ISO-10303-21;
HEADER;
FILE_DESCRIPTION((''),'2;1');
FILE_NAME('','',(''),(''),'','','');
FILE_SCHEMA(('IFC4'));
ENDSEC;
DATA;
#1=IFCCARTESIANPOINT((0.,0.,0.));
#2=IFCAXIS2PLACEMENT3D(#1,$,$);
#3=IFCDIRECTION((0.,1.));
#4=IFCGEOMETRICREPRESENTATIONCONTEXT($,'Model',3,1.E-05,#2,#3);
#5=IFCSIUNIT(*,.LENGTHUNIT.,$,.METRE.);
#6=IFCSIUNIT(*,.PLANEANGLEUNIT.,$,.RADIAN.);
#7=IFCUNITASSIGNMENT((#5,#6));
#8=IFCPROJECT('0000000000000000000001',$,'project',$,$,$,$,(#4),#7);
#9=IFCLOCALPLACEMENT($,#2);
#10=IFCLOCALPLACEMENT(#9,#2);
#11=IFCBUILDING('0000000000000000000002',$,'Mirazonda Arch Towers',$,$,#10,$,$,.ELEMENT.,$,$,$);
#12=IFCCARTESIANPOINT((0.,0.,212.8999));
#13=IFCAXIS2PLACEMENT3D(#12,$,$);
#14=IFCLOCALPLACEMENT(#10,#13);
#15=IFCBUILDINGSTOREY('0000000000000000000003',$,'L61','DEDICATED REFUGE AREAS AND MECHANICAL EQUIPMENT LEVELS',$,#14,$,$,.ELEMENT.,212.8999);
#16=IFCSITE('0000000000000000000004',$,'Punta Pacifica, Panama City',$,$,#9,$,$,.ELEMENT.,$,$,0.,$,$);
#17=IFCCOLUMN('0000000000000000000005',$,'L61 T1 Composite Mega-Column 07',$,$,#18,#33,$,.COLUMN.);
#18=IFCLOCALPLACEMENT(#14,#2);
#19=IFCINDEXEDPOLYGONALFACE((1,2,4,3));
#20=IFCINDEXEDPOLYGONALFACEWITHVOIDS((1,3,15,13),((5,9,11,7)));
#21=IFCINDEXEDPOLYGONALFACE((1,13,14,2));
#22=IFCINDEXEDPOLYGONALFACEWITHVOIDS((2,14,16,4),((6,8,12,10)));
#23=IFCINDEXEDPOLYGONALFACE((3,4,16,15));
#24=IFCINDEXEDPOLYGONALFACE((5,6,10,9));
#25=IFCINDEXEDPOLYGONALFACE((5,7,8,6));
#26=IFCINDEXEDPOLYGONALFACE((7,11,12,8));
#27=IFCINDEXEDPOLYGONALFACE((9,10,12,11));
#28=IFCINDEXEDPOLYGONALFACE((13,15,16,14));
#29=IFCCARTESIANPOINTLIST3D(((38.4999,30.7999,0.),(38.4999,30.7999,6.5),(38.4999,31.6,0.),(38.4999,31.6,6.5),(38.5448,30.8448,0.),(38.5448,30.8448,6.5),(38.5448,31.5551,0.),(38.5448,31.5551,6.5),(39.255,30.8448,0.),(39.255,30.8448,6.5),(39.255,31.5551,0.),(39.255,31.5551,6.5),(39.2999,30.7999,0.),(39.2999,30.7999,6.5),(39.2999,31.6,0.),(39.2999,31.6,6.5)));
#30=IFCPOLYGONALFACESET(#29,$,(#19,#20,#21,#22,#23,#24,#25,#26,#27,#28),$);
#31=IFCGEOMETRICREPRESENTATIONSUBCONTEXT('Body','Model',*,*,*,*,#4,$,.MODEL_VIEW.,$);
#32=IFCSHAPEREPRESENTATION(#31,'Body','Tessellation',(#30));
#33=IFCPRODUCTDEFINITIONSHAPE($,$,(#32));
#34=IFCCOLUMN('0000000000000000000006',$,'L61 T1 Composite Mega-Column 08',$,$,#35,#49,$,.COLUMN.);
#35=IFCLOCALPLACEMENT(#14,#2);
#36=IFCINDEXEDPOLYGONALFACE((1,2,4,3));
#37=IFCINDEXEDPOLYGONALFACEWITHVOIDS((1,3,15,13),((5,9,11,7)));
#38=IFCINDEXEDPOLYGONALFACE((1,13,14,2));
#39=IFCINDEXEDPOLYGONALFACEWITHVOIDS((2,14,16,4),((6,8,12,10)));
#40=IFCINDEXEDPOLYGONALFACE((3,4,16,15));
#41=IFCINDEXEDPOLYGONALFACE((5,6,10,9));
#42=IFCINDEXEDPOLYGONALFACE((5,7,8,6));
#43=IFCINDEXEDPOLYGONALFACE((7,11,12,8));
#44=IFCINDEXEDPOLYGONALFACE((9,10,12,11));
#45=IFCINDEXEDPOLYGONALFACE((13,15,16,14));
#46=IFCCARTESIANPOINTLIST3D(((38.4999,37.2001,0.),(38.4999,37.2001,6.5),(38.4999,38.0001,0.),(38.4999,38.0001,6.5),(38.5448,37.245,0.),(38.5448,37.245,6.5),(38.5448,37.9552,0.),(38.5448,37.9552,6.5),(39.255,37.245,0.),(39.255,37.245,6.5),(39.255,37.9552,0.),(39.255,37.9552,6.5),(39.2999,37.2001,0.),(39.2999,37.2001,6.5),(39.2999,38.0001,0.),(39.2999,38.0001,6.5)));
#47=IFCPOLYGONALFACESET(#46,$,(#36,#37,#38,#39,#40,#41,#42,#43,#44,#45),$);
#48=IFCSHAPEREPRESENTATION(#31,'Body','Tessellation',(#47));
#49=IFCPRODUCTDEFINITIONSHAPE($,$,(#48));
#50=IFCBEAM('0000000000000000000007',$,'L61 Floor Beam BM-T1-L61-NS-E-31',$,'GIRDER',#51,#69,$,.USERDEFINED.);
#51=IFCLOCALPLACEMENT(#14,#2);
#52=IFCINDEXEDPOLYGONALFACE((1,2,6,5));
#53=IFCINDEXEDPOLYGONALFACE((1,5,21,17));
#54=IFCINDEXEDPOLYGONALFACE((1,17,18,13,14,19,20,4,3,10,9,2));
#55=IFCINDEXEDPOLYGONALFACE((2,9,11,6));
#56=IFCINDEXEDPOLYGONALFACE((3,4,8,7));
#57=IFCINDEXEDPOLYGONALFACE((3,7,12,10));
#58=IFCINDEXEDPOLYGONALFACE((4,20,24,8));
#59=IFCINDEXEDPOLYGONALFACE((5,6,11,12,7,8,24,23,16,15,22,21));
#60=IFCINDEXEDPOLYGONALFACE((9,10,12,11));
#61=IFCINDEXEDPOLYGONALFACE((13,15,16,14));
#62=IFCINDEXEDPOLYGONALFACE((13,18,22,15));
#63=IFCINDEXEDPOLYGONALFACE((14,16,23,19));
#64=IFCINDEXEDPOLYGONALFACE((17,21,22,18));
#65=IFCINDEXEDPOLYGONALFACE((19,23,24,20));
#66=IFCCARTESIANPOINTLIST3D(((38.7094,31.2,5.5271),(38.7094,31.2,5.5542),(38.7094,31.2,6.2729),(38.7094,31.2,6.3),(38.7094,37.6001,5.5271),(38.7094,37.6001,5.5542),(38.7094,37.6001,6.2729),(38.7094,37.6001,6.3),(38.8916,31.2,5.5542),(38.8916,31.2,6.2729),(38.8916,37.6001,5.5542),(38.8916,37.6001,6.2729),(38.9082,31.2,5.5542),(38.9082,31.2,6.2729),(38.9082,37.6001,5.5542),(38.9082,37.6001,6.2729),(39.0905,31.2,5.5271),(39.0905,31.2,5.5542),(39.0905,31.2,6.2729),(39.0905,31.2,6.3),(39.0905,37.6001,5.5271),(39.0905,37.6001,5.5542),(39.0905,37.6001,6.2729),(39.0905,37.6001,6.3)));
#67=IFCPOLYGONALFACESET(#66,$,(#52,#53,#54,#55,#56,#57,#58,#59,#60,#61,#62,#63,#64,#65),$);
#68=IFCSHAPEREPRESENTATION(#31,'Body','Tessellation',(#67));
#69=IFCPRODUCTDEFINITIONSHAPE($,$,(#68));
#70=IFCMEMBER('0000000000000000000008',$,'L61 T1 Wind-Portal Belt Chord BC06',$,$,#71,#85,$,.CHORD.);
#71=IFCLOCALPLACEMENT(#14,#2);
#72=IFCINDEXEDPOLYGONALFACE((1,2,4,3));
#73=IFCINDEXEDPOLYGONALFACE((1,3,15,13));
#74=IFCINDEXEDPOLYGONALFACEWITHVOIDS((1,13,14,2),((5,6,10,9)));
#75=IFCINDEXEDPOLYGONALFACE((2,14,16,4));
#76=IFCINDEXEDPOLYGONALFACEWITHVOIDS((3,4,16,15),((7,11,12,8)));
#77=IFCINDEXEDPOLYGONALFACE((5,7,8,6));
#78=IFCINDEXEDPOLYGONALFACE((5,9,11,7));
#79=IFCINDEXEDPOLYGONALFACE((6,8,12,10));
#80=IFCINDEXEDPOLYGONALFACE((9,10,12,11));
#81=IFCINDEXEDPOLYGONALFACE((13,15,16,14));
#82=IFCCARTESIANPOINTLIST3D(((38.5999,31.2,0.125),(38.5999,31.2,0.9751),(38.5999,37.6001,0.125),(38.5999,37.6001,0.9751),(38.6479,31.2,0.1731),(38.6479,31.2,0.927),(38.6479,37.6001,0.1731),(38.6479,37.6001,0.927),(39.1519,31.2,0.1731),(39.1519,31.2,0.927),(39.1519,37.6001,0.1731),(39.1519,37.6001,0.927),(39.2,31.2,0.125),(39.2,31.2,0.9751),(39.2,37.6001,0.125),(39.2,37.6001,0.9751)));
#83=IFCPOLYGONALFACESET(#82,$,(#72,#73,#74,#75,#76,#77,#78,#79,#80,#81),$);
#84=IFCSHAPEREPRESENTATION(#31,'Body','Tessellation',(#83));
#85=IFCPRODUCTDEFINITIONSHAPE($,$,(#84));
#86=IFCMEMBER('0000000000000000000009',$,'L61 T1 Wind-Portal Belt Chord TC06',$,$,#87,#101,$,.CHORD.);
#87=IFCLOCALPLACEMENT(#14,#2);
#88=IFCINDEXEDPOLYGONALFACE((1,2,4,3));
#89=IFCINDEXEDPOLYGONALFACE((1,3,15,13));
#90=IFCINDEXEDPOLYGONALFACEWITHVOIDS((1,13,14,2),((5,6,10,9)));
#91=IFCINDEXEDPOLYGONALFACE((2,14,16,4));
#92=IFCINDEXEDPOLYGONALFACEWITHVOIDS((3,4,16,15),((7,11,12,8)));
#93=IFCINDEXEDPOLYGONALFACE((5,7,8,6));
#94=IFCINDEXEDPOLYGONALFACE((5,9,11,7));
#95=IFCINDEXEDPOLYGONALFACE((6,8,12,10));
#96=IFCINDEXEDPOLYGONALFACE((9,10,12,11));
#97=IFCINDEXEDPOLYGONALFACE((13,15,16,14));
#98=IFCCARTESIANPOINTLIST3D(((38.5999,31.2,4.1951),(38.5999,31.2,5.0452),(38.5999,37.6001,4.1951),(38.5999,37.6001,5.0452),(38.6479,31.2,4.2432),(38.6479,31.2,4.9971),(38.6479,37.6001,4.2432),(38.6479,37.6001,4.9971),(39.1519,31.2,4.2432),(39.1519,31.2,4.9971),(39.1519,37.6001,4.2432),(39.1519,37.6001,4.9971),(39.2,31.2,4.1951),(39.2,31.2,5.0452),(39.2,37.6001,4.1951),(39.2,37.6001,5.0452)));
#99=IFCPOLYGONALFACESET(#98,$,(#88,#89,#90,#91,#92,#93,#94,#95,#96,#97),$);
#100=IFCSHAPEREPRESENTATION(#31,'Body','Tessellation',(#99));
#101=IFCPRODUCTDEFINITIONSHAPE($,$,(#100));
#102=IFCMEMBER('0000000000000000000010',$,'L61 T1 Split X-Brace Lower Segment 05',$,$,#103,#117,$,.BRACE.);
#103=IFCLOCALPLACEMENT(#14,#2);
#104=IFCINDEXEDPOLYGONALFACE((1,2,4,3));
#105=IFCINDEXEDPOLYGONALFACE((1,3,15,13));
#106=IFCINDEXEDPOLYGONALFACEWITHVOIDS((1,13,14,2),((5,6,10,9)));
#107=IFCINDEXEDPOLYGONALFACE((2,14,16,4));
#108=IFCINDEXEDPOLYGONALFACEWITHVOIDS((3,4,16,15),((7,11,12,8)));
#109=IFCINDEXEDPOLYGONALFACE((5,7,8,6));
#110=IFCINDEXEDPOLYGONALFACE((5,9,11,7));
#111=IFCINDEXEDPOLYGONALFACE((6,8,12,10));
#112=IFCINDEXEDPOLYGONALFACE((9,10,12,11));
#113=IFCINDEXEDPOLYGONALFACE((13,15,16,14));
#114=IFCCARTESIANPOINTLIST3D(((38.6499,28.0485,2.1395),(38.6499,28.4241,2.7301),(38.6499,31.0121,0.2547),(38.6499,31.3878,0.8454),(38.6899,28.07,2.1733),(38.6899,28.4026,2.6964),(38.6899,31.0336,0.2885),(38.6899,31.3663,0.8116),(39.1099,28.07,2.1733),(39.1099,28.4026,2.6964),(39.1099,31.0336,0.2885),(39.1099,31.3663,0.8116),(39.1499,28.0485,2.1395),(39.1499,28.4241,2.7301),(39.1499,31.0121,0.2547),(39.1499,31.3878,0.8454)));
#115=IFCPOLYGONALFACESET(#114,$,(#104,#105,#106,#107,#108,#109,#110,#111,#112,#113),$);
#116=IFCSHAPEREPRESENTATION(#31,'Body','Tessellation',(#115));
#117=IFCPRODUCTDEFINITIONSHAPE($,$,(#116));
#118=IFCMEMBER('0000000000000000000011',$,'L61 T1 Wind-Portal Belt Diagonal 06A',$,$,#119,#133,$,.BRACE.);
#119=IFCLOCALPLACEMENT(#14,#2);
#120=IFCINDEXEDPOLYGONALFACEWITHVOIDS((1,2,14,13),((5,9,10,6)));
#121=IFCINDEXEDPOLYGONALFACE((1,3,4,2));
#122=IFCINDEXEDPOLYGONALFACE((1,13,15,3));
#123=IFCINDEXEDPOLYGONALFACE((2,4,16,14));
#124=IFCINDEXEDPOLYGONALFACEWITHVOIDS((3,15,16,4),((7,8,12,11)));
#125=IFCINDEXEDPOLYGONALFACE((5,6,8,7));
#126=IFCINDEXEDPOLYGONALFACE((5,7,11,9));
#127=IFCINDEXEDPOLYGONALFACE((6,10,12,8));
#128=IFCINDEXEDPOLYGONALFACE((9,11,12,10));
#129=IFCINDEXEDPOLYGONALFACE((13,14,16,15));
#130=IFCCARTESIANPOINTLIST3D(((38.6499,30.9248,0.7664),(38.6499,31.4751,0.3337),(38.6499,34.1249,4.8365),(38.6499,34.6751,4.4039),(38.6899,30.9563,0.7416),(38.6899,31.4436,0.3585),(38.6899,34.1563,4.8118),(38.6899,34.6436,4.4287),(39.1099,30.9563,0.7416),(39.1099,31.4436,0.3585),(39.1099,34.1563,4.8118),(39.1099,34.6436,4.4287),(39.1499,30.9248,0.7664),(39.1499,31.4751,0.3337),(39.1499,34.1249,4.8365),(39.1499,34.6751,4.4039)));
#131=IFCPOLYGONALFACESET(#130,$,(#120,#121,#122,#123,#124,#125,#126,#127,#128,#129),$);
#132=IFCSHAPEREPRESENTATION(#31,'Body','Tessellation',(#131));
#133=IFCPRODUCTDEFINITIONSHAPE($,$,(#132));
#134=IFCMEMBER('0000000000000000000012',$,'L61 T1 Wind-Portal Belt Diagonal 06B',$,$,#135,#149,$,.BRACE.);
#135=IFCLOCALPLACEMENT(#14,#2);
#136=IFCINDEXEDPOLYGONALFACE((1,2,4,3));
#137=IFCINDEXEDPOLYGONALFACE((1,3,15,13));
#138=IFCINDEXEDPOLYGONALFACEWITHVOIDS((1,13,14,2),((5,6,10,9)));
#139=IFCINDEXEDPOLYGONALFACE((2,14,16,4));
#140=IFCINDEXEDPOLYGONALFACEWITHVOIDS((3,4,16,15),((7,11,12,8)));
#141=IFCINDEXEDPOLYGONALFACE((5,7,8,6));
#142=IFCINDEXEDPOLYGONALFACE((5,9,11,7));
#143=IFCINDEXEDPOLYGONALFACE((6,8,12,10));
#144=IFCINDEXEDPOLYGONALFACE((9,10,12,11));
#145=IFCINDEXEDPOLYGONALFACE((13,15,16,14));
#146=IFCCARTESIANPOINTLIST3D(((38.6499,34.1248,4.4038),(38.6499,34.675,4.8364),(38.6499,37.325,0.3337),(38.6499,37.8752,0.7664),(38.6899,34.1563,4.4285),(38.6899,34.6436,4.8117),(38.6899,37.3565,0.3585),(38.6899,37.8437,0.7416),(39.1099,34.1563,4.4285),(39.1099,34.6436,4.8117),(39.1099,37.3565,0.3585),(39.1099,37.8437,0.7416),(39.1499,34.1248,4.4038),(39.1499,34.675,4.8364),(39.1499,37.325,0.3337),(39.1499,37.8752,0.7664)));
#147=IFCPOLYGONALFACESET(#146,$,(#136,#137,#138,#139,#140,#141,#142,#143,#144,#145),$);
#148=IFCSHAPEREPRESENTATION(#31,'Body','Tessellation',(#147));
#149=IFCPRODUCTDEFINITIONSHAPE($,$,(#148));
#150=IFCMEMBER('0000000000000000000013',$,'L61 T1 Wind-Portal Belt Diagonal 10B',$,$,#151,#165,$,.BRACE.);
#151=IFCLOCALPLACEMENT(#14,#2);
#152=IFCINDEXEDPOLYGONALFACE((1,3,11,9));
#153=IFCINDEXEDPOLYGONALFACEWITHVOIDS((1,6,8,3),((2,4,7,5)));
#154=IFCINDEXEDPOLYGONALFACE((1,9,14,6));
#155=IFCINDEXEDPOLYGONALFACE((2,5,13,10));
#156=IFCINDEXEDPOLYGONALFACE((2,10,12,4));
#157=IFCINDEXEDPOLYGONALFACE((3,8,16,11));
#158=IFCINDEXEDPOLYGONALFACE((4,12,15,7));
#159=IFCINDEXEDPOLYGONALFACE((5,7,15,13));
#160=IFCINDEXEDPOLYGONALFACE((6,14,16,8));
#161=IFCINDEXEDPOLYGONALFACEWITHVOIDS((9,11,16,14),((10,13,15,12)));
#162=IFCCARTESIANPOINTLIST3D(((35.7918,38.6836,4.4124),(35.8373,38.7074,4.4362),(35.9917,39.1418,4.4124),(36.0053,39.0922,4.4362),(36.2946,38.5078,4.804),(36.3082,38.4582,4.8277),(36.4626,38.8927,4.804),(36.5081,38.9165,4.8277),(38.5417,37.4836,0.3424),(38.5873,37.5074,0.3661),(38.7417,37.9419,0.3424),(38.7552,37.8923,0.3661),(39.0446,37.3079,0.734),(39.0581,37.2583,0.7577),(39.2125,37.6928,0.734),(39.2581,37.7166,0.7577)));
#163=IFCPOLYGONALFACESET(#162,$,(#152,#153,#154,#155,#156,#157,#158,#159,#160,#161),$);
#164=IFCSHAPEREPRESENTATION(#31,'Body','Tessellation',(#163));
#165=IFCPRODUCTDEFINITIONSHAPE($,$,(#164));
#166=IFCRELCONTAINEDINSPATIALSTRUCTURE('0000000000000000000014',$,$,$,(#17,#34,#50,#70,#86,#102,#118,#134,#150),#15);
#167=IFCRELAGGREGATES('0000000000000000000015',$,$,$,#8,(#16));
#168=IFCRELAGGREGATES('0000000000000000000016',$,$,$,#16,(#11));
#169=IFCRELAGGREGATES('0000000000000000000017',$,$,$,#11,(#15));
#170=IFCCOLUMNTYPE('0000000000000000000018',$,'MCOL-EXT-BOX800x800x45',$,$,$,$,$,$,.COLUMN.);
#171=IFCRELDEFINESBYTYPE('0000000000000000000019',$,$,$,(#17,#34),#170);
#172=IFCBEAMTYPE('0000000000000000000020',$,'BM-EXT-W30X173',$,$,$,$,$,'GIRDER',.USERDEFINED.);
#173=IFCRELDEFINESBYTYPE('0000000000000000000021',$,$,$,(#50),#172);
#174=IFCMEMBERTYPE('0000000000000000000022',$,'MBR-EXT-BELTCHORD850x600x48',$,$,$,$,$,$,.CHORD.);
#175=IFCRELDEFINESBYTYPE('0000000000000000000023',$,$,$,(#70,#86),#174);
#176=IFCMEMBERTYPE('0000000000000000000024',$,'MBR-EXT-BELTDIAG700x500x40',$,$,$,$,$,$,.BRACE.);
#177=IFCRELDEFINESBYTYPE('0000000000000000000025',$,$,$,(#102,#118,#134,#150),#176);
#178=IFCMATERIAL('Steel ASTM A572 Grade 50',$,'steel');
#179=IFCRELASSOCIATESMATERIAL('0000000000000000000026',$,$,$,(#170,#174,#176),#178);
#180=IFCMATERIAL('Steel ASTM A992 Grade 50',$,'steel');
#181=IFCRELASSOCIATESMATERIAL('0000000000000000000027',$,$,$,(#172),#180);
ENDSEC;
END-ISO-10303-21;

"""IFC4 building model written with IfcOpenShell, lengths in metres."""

from ifc_helpers import new_model, si_unit, direction, frame, origin, origin_2d, place, context, subcontext, project, spatial, hollow_rectangle, i_section, extrude, material, material_profile, profile_set, type_object, element, save


model = new_model("IFC4")

# Units and contexts
model_context = context("Model", 3, precision=1e-05, world=origin(), true_north=direction((0.0, 1.0)))
body_context = subcontext(model_context, "Body", "Model", "MODEL_VIEW")
ifc_project = project(units=[si_unit("LENGTHUNIT", "METRE"), si_unit("PLANEANGLEUNIT", "RADIAN")], contexts=[model_context])

# Site, building, storey
site_placement = place(None, origin())
site = spatial("IfcSite", under=ifc_project, at=site_placement, Name="Punta Pacifica, Panama City", CompositionType="ELEMENT", RefElevation=0.0)
building_placement = place(site_placement, origin())
building = spatial("IfcBuilding", under=site, at=building_placement, Name="Mirazonda Arch Towers", CompositionType="ELEMENT")
storey_placement = place(building_placement, frame((0.0, 0.0, 212.8999)))
storey = spatial("IfcBuildingStorey", under=building, at=storey_placement, Name="L61", Description="DEDICATED REFUGE AREAS AND MECHANICAL EQUIPMENT LEVELS", CompositionType="ELEMENT", Elevation=212.8999)

# Columns
ifc_material_1 = material(Name="Steel ASTM A572 Grade 50", Category="steel")
ifc_material_profile_1 = material_profile(ifc_material_1, hollow_rectangle(XDim=0.8, YDim=0.8, WallThickness=0.0449, at=origin_2d()), Name="BOX800x800x45")
ifc_profile_set_1 = profile_set([ifc_material_profile_1], Name="Steel ASTM A572 Grade 50")
column_type = type_object("IfcColumnType", Name="MCOL-EXT-BOX800x800x45", PredefinedType="COLUMN", material=ifc_profile_set_1)
for number, where, z_axis, x_axis, name in (
    (1, (38.8999, 31.2, 0.0), (0.0, 0.0, 1.0), (1.0, 0.0, 0.0), "L61 T1 Composite Mega-Column 07"),
    (2, (38.8999, 37.6001, 0.0), (0.0, 0.0, 1.0), (1.0, 0.0, 0.0), "L61 T1 Composite Mega-Column 08"),
):
    element("IfcColumn", number, at=place(storey_placement, frame(where, z_axis=z_axis, x_axis=x_axis)), inside=storey, type_object=column_type, Name=name, PredefinedType="COLUMN", context=body_context, shape_type="SweptSolid", body=[
        extrude(hollow_rectangle(XDim=0.8, YDim=0.8, WallThickness=0.0449, at=origin_2d()), origin(), (0.0, 0.0, 1.0), 6.5),
    ])

# Beam
ifc_material_2 = material(Name="Steel ASTM A992 Grade 50", Category="steel")
ifc_material_profile_2 = material_profile(ifc_material_2, i_section(OverallWidth=0.3811, OverallDepth=0.7729, WebThickness=0.0166, FlangeThickness=0.0271, at=origin_2d()), Name="W30X173")
ifc_profile_set_2 = profile_set([ifc_material_profile_2], Name="Steel ASTM A992 Grade 50")
beam_type = type_object("IfcBeamType", Name="BM-EXT-W30X173", ElementType="GIRDER", PredefinedType="USERDEFINED", material=ifc_profile_set_2)
beam_placement = place(storey_placement, frame((38.8999, 31.2, 5.9136), z_axis=(0.0, 1.0, 0.0), x_axis=(-1.0, 0.0, 0.0)))
element("IfcBeam", 3, at=beam_placement, inside=storey, type_object=beam_type, Name="L61 Floor Beam BM-T1-L61-NS-E-31", ObjectType="GIRDER", PredefinedType="USERDEFINED", context=body_context, shape_type="SweptSolid", body=[
    extrude(i_section(OverallWidth=0.3811, OverallDepth=0.7729, WebThickness=0.0166, FlangeThickness=0.0271, at=origin_2d()), origin(), (0.0, 0.0, 1.0), 6.4001),
])

# Members
ifc_material_profile_3 = material_profile(ifc_material_1, hollow_rectangle(XDim=0.6001, YDim=0.8501, WallThickness=0.0481, at=origin_2d()), Name="BELTCHORD850x600x48")
ifc_profile_set_3 = profile_set([ifc_material_profile_3], Name="Steel ASTM A572 Grade 50")
member_type_1 = type_object("IfcMemberType", Name="MBR-EXT-BELTCHORD850x600x48", PredefinedType="CHORD", material=ifc_profile_set_3)
for number, where, z_axis, x_axis, name in (
    (4, (38.8999, 31.2, 0.55), (0.0, 1.0, 0.0), (-1.0, 0.0, 0.0), "L61 T1 Wind-Portal Belt Chord BC06"),
    (5, (38.8999, 31.2, 4.6201), (0.0, 1.0, 0.0), (-1.0, 0.0, 0.0), "L61 T1 Wind-Portal Belt Chord TC06"),
):
    element("IfcMember", number, at=place(storey_placement, frame(where, z_axis=z_axis, x_axis=x_axis)), inside=storey, type_object=member_type_1, Name=name, PredefinedType="CHORD", context=body_context, shape_type="SweptSolid", body=[
        extrude(hollow_rectangle(XDim=0.6001, YDim=0.8501, WallThickness=0.0481, at=origin_2d()), origin(), (0.0, 0.0, 1.0), 6.4001),
    ])
ifc_material_profile_4 = material_profile(ifc_material_1, hollow_rectangle(XDim=0.5, YDim=0.7, WallThickness=0.04, at=origin_2d()), Name="BELTDIAG700x500x40")
ifc_profile_set_4 = profile_set([ifc_material_profile_4], Name="Steel ASTM A572 Grade 50")
member_type_2 = type_object("IfcMemberType", Name="MBR-EXT-BELTDIAG700x500x40", PredefinedType="BRACE", material=ifc_profile_set_4)
member_1_placement = place(storey_placement, frame((38.8999, 31.2, 0.55), z_axis=(0.0, -0.843813, 0.536637), x_axis=(1.0, 0.0, 0.0)))
element("IfcMember", 6, at=member_1_placement, inside=storey, type_object=member_type_2, Name="L61 T1 Split X-Brace Lower Segment 05", PredefinedType="BRACE", context=body_context, shape_type="SweptSolid", body=[
    extrude(hollow_rectangle(XDim=0.5, YDim=0.7, WallThickness=0.04, at=origin_2d()), origin(), (0.0, 0.0, 1.0), 3.5122),
])
for number, where, z_axis, x_axis, name in (
    (7, (38.8999, 31.2, 0.55), (0.0, 0.618065, 0.786127), (-1.0, 0.0, 0.0), "L61 T1 Wind-Portal Belt Diagonal 06A"),
    (8, (38.8999, 37.6001, 0.55), (0.0, -0.618094, 0.786104), (1.0, 0.0, 0.0), "L61 T1 Wind-Portal Belt Diagonal 06B"),
):
    element("IfcMember", number, at=place(storey_placement, frame(where, z_axis=z_axis, x_axis=x_axis)), inside=storey, type_object=member_type_2, Name=name, PredefinedType="BRACE", context=body_context, shape_type="SweptSolid", body=[
        extrude(hollow_rectangle(XDim=0.5, YDim=0.7, WallThickness=0.04, at=origin_2d()), origin(), (0.0, 0.0, 1.0), 5.1775),
    ])
member_2_placement = place(storey_placement, frame((38.8999, 37.6001, 0.55), z_axis=(-0.543858, 0.23731, 0.804924), x_axis=(-0.399931, -0.916545, 0.0)))
element("IfcMember", 9, at=member_2_placement, inside=storey, type_object=member_type_2, Name="L61 T1 Wind-Portal Belt Diagonal 10B", PredefinedType="BRACE", context=body_context, shape_type="SweptSolid", body=[
    extrude(hollow_rectangle(XDim=0.5, YDim=0.7, WallThickness=0.04, at=origin_2d()), origin(), (0.0, 0.0, 1.0), 5.0564),
])

save(model, "model.ifc")
